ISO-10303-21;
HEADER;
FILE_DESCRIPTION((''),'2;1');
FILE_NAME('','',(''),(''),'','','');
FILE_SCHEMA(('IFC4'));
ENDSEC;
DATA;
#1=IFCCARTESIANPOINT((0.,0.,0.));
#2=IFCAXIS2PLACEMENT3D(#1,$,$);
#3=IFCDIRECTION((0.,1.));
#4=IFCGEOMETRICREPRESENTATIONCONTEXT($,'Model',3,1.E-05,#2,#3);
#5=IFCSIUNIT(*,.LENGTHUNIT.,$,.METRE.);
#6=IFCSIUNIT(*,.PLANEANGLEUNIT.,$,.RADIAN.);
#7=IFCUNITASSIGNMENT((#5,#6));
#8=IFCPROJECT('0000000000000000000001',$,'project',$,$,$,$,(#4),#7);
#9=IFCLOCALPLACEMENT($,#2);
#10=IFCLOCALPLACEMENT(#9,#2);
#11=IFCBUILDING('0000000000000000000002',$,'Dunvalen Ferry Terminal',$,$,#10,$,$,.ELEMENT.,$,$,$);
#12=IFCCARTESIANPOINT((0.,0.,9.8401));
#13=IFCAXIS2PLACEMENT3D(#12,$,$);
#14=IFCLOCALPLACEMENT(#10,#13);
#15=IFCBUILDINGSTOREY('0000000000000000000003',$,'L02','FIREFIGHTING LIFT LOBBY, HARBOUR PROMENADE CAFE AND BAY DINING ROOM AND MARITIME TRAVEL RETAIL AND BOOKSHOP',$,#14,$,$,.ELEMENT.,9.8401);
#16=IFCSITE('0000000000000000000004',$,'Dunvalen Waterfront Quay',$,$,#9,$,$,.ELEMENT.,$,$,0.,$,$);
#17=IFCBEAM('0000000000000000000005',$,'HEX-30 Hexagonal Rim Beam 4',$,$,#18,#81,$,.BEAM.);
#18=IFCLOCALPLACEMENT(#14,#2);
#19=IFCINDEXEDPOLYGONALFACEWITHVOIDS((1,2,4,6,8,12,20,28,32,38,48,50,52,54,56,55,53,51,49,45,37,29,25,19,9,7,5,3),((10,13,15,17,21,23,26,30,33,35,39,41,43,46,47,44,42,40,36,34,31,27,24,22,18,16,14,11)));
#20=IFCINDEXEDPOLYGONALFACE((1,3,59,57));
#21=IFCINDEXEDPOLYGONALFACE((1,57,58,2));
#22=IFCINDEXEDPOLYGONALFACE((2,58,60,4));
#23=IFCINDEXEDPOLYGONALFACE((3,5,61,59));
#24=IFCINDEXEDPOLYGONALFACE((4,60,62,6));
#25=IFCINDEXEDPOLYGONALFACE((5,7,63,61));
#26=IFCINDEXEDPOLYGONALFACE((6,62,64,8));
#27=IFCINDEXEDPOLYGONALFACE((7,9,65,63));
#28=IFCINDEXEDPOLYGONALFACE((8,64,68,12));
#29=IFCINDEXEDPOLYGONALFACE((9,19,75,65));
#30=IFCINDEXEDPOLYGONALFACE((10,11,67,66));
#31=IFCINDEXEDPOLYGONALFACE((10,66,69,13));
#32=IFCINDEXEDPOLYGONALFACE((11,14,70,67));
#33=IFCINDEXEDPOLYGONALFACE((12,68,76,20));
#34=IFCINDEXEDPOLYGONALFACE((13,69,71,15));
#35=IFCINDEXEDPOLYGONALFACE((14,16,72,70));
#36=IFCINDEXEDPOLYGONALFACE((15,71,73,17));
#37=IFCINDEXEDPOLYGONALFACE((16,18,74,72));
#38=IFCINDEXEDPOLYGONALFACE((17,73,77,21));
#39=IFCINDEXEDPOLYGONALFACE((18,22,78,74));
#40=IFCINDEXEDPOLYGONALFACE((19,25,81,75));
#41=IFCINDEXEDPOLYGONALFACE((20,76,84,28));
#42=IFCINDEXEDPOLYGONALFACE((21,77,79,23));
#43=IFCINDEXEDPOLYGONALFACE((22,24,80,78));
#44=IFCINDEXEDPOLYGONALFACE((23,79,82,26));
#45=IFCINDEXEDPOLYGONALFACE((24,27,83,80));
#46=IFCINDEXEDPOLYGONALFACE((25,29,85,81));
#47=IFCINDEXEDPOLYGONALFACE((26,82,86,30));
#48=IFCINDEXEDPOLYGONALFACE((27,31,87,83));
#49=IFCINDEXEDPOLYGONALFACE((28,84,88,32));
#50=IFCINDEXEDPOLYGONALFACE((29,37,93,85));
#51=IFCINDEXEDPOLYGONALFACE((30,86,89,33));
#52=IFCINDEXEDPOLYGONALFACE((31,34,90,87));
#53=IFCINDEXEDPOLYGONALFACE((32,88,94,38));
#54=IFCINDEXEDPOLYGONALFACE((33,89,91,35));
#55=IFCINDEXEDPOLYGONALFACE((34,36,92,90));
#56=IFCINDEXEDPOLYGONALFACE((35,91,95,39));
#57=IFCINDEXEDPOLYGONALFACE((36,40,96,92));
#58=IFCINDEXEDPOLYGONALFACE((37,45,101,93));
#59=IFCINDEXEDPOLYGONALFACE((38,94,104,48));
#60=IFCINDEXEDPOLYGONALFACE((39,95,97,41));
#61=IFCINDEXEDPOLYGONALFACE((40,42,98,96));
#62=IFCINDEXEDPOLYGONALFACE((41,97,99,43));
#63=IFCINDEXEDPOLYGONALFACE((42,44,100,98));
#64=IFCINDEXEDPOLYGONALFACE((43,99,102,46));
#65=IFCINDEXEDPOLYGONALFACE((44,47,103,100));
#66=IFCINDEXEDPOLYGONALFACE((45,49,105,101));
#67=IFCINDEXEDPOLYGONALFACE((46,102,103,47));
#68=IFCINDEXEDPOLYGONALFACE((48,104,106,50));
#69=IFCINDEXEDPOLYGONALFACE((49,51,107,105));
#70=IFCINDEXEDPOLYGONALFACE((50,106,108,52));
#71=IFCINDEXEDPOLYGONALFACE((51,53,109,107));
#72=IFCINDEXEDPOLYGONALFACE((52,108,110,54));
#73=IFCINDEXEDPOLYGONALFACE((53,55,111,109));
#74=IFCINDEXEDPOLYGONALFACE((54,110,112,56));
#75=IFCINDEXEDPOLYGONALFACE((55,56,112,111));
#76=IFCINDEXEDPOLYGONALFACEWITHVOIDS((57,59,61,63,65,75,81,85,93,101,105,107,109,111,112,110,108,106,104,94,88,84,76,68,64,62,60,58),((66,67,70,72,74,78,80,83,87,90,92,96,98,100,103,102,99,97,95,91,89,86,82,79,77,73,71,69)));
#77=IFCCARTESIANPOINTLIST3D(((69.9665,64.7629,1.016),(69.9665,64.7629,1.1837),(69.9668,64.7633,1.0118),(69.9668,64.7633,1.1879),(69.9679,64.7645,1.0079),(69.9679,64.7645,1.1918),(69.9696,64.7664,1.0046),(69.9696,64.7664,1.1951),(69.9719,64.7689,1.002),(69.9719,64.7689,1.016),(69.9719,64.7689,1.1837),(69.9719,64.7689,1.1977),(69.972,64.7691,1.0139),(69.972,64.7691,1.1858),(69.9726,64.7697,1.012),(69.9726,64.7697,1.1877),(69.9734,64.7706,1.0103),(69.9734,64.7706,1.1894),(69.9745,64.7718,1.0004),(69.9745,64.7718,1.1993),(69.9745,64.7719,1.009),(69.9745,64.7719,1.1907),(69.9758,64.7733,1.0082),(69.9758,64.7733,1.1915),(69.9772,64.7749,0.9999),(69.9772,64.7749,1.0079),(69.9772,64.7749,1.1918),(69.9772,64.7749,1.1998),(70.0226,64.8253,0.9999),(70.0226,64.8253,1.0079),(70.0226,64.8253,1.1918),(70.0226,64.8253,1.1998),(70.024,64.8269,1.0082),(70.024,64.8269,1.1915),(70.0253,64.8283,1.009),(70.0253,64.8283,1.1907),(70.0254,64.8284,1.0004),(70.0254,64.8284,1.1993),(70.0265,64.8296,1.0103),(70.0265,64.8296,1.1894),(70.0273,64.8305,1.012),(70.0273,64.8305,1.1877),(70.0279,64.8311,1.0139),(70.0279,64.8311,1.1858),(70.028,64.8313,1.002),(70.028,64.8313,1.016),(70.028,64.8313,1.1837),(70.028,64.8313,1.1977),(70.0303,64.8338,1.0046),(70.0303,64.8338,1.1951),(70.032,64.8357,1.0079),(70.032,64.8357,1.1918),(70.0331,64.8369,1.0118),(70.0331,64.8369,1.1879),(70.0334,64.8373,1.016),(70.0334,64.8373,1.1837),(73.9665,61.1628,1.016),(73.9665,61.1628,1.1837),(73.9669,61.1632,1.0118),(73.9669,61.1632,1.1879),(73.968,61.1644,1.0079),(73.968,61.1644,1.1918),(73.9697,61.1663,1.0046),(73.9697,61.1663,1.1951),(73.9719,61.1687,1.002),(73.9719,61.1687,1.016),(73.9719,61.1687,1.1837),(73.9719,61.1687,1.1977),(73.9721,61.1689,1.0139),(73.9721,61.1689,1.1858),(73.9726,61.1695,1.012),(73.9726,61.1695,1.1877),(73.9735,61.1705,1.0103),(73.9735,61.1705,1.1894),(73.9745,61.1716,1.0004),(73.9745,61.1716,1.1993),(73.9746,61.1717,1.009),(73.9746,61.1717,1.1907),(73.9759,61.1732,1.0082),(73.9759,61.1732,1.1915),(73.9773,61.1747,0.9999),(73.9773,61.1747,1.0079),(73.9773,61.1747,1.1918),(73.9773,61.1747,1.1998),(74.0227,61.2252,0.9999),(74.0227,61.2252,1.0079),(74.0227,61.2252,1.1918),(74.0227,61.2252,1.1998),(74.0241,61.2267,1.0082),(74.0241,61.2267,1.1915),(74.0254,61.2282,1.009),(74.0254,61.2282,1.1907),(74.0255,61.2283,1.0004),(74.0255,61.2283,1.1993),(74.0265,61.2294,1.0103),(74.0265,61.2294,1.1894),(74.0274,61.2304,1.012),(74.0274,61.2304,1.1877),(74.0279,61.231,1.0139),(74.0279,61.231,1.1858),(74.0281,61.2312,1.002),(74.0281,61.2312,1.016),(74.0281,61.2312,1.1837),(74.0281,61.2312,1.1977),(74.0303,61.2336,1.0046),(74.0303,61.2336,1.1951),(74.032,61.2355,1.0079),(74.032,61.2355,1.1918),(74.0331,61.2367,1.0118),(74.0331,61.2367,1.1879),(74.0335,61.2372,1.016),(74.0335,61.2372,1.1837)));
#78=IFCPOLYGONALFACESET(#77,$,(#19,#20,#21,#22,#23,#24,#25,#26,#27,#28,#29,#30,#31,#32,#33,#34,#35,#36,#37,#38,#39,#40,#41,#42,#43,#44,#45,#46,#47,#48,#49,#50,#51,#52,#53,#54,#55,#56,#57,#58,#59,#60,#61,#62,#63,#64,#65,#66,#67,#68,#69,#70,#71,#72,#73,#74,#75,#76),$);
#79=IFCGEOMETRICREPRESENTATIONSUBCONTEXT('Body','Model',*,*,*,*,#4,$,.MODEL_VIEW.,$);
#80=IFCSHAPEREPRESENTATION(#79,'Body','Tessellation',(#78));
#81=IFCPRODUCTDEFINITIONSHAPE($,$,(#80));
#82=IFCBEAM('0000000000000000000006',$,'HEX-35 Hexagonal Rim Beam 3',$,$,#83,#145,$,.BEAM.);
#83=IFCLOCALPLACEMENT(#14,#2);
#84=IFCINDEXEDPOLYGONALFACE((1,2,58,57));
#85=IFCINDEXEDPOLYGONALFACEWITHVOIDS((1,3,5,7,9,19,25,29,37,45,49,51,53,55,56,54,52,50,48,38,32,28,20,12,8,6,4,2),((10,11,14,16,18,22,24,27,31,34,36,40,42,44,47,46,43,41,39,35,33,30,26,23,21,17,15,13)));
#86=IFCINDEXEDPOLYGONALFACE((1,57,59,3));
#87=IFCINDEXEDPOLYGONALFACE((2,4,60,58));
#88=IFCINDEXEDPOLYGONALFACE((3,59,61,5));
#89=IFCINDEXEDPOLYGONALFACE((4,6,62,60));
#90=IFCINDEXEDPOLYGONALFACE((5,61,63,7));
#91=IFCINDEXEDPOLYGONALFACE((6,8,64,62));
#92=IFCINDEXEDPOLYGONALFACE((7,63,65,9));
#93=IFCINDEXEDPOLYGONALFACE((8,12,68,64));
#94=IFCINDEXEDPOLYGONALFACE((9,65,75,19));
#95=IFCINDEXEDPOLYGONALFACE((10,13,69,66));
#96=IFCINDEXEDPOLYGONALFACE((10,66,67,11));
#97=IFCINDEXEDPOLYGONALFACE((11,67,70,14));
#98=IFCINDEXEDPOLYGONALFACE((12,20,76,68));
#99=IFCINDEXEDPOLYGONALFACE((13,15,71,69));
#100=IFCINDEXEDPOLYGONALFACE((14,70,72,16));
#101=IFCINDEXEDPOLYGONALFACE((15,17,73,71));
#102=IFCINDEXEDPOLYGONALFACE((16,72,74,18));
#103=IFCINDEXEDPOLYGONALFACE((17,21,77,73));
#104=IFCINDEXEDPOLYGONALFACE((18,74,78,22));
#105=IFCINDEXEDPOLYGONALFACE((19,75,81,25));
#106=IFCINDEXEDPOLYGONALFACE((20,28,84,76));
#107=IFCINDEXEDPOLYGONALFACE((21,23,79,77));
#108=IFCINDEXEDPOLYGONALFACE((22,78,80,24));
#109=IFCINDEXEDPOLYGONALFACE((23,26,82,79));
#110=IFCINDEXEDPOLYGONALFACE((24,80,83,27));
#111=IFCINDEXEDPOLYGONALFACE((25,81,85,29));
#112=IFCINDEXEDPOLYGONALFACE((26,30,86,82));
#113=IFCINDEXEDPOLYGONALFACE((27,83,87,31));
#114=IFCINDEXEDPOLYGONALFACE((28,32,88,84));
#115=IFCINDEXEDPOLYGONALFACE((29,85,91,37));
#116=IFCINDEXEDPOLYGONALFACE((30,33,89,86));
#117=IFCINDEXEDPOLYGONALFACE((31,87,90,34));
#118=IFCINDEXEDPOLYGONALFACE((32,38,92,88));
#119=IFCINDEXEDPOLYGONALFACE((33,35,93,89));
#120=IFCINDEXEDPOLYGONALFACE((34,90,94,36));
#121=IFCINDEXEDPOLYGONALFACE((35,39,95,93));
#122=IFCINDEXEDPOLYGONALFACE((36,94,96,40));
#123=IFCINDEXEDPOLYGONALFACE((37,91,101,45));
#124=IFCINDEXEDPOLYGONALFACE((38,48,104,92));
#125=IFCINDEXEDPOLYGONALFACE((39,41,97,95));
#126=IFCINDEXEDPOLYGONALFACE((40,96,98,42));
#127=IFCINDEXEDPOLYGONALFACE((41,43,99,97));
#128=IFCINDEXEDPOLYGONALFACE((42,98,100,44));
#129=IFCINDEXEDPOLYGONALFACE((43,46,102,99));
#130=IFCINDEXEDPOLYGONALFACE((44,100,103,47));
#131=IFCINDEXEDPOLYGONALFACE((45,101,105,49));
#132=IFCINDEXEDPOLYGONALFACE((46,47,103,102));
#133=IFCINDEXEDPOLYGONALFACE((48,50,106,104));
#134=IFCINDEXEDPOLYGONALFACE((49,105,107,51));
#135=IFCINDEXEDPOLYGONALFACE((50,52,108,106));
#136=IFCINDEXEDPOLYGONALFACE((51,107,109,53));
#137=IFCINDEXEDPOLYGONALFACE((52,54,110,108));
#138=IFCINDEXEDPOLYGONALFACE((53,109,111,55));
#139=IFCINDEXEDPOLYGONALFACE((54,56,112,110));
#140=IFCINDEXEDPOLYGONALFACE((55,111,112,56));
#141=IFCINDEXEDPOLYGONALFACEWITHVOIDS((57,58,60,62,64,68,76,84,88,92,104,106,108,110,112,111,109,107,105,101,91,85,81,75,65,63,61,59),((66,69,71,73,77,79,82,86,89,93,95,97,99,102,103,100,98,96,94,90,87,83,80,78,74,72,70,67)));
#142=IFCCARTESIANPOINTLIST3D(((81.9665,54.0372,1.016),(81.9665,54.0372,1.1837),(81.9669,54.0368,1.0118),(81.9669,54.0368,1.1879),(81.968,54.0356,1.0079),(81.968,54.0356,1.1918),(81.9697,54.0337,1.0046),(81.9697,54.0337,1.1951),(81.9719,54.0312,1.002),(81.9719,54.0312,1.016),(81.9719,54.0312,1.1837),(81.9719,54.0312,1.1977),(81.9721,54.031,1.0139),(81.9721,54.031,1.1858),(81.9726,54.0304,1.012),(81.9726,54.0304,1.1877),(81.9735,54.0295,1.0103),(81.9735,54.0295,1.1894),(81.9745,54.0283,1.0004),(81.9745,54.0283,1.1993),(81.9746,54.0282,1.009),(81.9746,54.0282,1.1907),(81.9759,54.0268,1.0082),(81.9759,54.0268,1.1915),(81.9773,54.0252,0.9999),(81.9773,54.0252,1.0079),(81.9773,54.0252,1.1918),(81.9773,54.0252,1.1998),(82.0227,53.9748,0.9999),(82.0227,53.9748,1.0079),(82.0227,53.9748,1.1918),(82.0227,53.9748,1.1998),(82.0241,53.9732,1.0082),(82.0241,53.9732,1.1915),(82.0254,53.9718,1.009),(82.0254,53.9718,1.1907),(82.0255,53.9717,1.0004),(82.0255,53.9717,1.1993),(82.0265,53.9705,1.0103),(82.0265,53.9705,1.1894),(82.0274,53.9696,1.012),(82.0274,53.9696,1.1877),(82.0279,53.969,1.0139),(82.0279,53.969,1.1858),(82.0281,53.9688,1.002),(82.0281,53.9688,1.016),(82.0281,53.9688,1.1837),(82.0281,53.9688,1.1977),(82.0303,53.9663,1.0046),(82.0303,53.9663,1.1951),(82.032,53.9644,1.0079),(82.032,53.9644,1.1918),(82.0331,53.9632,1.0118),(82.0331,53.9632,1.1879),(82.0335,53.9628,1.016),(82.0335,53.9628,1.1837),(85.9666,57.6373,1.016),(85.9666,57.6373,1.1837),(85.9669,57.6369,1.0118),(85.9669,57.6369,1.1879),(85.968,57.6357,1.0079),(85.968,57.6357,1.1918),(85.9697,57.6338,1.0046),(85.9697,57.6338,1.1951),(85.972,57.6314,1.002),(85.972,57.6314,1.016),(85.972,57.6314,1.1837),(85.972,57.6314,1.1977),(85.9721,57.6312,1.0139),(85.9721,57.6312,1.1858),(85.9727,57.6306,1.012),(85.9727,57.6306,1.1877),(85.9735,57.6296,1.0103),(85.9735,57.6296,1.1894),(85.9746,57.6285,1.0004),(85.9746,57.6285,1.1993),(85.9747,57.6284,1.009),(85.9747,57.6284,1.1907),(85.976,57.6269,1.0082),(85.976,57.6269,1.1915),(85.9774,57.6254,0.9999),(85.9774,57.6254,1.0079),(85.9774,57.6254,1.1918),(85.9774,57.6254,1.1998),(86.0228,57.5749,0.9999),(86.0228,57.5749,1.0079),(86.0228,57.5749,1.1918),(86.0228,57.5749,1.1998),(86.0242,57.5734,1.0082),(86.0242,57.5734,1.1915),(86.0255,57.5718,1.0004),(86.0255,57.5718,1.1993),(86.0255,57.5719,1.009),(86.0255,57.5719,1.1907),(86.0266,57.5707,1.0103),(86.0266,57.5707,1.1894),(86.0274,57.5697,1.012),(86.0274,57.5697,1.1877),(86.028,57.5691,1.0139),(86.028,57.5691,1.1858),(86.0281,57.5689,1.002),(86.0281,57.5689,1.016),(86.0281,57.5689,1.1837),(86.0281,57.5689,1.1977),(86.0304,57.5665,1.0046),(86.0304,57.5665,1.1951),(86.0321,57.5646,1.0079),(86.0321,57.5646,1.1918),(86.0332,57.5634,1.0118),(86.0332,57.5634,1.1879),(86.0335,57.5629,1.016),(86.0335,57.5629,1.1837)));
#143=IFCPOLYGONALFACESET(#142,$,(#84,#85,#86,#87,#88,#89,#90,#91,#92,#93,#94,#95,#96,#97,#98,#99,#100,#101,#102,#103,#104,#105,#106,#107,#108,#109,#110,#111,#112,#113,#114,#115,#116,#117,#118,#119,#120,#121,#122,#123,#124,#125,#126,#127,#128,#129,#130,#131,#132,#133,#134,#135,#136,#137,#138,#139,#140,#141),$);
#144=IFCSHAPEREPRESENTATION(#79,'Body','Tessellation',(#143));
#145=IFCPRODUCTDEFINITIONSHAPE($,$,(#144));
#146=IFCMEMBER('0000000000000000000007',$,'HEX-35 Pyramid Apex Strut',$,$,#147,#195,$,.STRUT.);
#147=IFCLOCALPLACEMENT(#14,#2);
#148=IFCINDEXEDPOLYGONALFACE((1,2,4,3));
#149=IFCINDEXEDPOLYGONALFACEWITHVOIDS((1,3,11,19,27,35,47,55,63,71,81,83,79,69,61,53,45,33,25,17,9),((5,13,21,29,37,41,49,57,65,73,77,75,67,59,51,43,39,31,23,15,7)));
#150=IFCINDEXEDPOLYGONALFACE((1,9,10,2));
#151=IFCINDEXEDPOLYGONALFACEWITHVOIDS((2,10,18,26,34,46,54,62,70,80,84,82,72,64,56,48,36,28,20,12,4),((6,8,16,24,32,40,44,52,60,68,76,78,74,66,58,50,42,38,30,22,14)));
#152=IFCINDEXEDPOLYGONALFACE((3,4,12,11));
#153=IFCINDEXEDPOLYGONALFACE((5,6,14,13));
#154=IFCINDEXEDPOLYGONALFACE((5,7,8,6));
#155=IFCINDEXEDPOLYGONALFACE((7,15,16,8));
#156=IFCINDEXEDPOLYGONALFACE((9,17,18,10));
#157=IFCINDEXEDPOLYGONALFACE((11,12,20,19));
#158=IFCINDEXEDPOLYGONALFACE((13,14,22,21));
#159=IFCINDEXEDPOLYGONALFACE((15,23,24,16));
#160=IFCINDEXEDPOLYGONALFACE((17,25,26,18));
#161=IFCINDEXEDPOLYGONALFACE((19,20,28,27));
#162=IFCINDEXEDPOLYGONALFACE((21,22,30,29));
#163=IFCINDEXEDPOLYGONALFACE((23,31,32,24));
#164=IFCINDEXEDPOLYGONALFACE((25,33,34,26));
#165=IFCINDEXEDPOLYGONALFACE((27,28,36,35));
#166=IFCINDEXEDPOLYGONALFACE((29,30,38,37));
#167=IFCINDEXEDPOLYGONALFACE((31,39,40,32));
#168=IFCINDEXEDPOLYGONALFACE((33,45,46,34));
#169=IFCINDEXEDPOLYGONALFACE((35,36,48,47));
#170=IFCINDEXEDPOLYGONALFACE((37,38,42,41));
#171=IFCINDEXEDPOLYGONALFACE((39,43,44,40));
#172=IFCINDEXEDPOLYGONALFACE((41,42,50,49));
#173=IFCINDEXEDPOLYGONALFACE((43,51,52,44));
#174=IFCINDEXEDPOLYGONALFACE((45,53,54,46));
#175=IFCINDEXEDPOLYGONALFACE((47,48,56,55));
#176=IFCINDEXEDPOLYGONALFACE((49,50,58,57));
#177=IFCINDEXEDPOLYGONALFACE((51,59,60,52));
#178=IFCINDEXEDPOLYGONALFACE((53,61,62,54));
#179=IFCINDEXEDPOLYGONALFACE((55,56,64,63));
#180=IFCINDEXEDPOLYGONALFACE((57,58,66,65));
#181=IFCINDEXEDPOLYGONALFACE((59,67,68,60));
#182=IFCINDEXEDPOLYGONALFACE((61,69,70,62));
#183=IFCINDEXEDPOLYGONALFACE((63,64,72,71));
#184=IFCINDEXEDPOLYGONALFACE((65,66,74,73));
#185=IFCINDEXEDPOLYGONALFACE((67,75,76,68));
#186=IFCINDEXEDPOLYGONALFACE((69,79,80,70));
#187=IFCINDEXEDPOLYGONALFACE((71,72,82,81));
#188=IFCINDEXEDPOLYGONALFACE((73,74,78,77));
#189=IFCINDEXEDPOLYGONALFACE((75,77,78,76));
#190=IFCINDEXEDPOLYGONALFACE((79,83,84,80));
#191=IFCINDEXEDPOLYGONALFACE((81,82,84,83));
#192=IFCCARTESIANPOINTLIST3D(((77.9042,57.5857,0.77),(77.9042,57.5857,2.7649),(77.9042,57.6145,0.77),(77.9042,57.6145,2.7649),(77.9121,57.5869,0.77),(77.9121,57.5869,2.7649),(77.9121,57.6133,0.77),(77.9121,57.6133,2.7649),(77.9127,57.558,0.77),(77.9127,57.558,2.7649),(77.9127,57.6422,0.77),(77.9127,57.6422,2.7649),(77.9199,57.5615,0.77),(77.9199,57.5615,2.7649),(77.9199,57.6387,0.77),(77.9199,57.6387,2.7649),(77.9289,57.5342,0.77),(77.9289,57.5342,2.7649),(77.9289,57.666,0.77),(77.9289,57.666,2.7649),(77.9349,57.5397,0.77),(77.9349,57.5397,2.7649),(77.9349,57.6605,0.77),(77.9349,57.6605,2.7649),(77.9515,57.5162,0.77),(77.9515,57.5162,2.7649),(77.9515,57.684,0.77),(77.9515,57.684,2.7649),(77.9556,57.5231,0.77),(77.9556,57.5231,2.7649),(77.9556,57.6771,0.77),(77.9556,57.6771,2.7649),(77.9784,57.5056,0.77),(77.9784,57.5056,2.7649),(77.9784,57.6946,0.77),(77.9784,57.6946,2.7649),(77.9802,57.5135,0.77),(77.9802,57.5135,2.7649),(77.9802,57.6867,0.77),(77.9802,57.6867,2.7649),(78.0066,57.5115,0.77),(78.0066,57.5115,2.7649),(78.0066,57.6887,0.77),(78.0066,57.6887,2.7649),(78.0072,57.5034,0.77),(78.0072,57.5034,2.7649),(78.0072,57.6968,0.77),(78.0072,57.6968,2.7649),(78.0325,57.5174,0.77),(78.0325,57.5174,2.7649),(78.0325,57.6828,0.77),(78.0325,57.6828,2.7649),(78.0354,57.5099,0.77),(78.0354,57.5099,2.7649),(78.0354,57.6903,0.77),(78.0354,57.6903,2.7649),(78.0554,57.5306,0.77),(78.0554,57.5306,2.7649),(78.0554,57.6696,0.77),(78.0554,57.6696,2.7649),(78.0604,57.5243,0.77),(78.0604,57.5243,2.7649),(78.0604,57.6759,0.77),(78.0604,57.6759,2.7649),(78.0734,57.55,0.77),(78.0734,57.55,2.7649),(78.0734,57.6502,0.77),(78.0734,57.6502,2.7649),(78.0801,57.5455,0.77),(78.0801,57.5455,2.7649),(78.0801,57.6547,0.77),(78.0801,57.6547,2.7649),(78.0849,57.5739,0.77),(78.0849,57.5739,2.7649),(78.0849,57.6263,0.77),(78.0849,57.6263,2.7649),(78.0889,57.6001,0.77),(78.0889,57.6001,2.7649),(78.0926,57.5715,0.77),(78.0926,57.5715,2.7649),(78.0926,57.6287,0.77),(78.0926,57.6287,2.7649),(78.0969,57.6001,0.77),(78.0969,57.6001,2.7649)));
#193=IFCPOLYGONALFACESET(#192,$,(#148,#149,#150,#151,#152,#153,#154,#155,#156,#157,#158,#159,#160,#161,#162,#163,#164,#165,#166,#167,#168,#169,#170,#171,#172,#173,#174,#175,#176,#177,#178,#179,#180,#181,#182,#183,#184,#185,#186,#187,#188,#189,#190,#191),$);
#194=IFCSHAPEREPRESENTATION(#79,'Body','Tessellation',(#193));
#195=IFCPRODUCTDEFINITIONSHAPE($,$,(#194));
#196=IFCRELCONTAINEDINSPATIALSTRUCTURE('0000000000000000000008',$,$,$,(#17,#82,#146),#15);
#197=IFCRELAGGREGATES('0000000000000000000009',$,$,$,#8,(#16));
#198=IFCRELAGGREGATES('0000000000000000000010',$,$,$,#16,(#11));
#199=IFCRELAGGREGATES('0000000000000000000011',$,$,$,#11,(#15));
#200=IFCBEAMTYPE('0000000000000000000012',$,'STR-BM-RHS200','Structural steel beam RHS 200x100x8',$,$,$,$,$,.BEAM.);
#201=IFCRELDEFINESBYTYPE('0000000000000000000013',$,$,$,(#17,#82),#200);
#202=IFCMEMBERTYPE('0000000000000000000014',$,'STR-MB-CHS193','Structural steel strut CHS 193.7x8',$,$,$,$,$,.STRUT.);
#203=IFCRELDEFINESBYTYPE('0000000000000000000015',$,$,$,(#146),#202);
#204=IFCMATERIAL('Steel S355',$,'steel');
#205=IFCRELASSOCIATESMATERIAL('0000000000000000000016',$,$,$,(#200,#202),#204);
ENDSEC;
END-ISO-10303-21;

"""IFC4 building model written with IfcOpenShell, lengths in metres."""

from ifc_helpers import new_model, si_unit, direction, frame, origin, origin_2d, place, context, subcontext, project, spatial, hollow_rectangle, hollow_circle, extrude, material, material_profile, profile_set, type_object, element, save


model = new_model("IFC4")

# Units and contexts
model_context = context("Model", 3, precision=1e-05, world=origin(), true_north=direction((0.0, 1.0)))
body_context = subcontext(model_context, "Body", "Model", "MODEL_VIEW")
ifc_project = project(units=[si_unit("LENGTHUNIT", "METRE"), si_unit("PLANEANGLEUNIT", "RADIAN")], contexts=[model_context])

# Site, building, storey
site_placement = place(None, origin())
site = spatial("IfcSite", under=ifc_project, at=site_placement, Name="Dunvalen Waterfront Quay", CompositionType="ELEMENT", RefElevation=0.0)
building_placement = place(site_placement, origin())
building = spatial("IfcBuilding", under=site, at=building_placement, Name="Dunvalen Ferry Terminal", CompositionType="ELEMENT")
storey_placement = place(building_placement, frame((0.0, 0.0, 9.8401)))
storey = spatial("IfcBuildingStorey", under=building, at=storey_placement, Name="L02", Description="FIREFIGHTING LIFT LOBBY, HARBOUR PROMENADE CAFE AND BAY DINING ROOM AND MARITIME TRAVEL RETAIL AND BOOKSHOP", CompositionType="ELEMENT", Elevation=9.8401)

# Beams
ifc_material_1 = material(Name="Steel S355", Category="steel")
ifc_material_profile_1 = material_profile(ifc_material_1, hollow_rectangle(XDim=0.1001, YDim=0.2, WallThickness=0.0081, InnerFilletRadius=0.0081, OuterFilletRadius=0.0161, at=origin_2d()), Name="Steel S355")
ifc_profile_set_1 = profile_set([ifc_material_profile_1], Name="Steel S355")
beam_type = type_object("IfcBeamType", Name="STR-BM-RHS200", Description="Structural steel beam RHS 200x100x8", PredefinedType="BEAM", material=ifc_profile_set_1)
for number, where, z_axis, x_axis, name in (
    (1, (74.0, 61.2, 1.0999), (-0.743285, 0.668975, 0.0), (-0.668975, -0.743285, 0.0), "HEX-30 Hexagonal Rim Beam 4"),
    (2, (82.0, 54.0, 1.0999), (0.743285, 0.668975, 0.0), (-0.668975, 0.743285, 0.0), "HEX-35 Hexagonal Rim Beam 3"),
):
    element("IfcBeam", number, at=place(storey_placement, frame(where, z_axis=z_axis, x_axis=x_axis)), inside=storey, type_object=beam_type, Name=name, PredefinedType="BEAM", context=body_context, shape_type="SweptSolid", body=[
        extrude(hollow_rectangle(XDim=0.1001, YDim=0.2, WallThickness=0.0081, InnerFilletRadius=0.0081, OuterFilletRadius=0.0161, at=origin_2d()), origin(), (0.0, 0.0, 1.0), 5.3816),
    ])

# Member
ifc_material_profile_2 = material_profile(ifc_material_1, hollow_circle(Radius=0.0969, WallThickness=0.0081, at=origin_2d()), Name="Steel S355")
ifc_profile_set_2 = profile_set([ifc_material_profile_2], Name="Steel S355")
member_type_1 = type_object("IfcMemberType", Name="STR-MB-CHS193", Description="Structural steel strut CHS 193.7x8", PredefinedType="STRUT", material=ifc_profile_set_2)
member_1_placement = place(storey_placement, frame((78.0, 57.6001, 0.77), z_axis=(0.0, 0.0, 1.0), x_axis=(1.0, 0.0, 0.0)))
element("IfcMember", 3, at=member_1_placement, inside=storey, type_object=member_type_1, Name="HEX-35 Pyramid Apex Strut", PredefinedType="STRUT", context=body_context, shape_type="SweptSolid", body=[
    extrude(hollow_circle(Radius=0.0969, WallThickness=0.0081, at=origin_2d()), origin(), (0.0, 0.0, 1.0), 1.9949),
])

save(model, "model.ifc")
